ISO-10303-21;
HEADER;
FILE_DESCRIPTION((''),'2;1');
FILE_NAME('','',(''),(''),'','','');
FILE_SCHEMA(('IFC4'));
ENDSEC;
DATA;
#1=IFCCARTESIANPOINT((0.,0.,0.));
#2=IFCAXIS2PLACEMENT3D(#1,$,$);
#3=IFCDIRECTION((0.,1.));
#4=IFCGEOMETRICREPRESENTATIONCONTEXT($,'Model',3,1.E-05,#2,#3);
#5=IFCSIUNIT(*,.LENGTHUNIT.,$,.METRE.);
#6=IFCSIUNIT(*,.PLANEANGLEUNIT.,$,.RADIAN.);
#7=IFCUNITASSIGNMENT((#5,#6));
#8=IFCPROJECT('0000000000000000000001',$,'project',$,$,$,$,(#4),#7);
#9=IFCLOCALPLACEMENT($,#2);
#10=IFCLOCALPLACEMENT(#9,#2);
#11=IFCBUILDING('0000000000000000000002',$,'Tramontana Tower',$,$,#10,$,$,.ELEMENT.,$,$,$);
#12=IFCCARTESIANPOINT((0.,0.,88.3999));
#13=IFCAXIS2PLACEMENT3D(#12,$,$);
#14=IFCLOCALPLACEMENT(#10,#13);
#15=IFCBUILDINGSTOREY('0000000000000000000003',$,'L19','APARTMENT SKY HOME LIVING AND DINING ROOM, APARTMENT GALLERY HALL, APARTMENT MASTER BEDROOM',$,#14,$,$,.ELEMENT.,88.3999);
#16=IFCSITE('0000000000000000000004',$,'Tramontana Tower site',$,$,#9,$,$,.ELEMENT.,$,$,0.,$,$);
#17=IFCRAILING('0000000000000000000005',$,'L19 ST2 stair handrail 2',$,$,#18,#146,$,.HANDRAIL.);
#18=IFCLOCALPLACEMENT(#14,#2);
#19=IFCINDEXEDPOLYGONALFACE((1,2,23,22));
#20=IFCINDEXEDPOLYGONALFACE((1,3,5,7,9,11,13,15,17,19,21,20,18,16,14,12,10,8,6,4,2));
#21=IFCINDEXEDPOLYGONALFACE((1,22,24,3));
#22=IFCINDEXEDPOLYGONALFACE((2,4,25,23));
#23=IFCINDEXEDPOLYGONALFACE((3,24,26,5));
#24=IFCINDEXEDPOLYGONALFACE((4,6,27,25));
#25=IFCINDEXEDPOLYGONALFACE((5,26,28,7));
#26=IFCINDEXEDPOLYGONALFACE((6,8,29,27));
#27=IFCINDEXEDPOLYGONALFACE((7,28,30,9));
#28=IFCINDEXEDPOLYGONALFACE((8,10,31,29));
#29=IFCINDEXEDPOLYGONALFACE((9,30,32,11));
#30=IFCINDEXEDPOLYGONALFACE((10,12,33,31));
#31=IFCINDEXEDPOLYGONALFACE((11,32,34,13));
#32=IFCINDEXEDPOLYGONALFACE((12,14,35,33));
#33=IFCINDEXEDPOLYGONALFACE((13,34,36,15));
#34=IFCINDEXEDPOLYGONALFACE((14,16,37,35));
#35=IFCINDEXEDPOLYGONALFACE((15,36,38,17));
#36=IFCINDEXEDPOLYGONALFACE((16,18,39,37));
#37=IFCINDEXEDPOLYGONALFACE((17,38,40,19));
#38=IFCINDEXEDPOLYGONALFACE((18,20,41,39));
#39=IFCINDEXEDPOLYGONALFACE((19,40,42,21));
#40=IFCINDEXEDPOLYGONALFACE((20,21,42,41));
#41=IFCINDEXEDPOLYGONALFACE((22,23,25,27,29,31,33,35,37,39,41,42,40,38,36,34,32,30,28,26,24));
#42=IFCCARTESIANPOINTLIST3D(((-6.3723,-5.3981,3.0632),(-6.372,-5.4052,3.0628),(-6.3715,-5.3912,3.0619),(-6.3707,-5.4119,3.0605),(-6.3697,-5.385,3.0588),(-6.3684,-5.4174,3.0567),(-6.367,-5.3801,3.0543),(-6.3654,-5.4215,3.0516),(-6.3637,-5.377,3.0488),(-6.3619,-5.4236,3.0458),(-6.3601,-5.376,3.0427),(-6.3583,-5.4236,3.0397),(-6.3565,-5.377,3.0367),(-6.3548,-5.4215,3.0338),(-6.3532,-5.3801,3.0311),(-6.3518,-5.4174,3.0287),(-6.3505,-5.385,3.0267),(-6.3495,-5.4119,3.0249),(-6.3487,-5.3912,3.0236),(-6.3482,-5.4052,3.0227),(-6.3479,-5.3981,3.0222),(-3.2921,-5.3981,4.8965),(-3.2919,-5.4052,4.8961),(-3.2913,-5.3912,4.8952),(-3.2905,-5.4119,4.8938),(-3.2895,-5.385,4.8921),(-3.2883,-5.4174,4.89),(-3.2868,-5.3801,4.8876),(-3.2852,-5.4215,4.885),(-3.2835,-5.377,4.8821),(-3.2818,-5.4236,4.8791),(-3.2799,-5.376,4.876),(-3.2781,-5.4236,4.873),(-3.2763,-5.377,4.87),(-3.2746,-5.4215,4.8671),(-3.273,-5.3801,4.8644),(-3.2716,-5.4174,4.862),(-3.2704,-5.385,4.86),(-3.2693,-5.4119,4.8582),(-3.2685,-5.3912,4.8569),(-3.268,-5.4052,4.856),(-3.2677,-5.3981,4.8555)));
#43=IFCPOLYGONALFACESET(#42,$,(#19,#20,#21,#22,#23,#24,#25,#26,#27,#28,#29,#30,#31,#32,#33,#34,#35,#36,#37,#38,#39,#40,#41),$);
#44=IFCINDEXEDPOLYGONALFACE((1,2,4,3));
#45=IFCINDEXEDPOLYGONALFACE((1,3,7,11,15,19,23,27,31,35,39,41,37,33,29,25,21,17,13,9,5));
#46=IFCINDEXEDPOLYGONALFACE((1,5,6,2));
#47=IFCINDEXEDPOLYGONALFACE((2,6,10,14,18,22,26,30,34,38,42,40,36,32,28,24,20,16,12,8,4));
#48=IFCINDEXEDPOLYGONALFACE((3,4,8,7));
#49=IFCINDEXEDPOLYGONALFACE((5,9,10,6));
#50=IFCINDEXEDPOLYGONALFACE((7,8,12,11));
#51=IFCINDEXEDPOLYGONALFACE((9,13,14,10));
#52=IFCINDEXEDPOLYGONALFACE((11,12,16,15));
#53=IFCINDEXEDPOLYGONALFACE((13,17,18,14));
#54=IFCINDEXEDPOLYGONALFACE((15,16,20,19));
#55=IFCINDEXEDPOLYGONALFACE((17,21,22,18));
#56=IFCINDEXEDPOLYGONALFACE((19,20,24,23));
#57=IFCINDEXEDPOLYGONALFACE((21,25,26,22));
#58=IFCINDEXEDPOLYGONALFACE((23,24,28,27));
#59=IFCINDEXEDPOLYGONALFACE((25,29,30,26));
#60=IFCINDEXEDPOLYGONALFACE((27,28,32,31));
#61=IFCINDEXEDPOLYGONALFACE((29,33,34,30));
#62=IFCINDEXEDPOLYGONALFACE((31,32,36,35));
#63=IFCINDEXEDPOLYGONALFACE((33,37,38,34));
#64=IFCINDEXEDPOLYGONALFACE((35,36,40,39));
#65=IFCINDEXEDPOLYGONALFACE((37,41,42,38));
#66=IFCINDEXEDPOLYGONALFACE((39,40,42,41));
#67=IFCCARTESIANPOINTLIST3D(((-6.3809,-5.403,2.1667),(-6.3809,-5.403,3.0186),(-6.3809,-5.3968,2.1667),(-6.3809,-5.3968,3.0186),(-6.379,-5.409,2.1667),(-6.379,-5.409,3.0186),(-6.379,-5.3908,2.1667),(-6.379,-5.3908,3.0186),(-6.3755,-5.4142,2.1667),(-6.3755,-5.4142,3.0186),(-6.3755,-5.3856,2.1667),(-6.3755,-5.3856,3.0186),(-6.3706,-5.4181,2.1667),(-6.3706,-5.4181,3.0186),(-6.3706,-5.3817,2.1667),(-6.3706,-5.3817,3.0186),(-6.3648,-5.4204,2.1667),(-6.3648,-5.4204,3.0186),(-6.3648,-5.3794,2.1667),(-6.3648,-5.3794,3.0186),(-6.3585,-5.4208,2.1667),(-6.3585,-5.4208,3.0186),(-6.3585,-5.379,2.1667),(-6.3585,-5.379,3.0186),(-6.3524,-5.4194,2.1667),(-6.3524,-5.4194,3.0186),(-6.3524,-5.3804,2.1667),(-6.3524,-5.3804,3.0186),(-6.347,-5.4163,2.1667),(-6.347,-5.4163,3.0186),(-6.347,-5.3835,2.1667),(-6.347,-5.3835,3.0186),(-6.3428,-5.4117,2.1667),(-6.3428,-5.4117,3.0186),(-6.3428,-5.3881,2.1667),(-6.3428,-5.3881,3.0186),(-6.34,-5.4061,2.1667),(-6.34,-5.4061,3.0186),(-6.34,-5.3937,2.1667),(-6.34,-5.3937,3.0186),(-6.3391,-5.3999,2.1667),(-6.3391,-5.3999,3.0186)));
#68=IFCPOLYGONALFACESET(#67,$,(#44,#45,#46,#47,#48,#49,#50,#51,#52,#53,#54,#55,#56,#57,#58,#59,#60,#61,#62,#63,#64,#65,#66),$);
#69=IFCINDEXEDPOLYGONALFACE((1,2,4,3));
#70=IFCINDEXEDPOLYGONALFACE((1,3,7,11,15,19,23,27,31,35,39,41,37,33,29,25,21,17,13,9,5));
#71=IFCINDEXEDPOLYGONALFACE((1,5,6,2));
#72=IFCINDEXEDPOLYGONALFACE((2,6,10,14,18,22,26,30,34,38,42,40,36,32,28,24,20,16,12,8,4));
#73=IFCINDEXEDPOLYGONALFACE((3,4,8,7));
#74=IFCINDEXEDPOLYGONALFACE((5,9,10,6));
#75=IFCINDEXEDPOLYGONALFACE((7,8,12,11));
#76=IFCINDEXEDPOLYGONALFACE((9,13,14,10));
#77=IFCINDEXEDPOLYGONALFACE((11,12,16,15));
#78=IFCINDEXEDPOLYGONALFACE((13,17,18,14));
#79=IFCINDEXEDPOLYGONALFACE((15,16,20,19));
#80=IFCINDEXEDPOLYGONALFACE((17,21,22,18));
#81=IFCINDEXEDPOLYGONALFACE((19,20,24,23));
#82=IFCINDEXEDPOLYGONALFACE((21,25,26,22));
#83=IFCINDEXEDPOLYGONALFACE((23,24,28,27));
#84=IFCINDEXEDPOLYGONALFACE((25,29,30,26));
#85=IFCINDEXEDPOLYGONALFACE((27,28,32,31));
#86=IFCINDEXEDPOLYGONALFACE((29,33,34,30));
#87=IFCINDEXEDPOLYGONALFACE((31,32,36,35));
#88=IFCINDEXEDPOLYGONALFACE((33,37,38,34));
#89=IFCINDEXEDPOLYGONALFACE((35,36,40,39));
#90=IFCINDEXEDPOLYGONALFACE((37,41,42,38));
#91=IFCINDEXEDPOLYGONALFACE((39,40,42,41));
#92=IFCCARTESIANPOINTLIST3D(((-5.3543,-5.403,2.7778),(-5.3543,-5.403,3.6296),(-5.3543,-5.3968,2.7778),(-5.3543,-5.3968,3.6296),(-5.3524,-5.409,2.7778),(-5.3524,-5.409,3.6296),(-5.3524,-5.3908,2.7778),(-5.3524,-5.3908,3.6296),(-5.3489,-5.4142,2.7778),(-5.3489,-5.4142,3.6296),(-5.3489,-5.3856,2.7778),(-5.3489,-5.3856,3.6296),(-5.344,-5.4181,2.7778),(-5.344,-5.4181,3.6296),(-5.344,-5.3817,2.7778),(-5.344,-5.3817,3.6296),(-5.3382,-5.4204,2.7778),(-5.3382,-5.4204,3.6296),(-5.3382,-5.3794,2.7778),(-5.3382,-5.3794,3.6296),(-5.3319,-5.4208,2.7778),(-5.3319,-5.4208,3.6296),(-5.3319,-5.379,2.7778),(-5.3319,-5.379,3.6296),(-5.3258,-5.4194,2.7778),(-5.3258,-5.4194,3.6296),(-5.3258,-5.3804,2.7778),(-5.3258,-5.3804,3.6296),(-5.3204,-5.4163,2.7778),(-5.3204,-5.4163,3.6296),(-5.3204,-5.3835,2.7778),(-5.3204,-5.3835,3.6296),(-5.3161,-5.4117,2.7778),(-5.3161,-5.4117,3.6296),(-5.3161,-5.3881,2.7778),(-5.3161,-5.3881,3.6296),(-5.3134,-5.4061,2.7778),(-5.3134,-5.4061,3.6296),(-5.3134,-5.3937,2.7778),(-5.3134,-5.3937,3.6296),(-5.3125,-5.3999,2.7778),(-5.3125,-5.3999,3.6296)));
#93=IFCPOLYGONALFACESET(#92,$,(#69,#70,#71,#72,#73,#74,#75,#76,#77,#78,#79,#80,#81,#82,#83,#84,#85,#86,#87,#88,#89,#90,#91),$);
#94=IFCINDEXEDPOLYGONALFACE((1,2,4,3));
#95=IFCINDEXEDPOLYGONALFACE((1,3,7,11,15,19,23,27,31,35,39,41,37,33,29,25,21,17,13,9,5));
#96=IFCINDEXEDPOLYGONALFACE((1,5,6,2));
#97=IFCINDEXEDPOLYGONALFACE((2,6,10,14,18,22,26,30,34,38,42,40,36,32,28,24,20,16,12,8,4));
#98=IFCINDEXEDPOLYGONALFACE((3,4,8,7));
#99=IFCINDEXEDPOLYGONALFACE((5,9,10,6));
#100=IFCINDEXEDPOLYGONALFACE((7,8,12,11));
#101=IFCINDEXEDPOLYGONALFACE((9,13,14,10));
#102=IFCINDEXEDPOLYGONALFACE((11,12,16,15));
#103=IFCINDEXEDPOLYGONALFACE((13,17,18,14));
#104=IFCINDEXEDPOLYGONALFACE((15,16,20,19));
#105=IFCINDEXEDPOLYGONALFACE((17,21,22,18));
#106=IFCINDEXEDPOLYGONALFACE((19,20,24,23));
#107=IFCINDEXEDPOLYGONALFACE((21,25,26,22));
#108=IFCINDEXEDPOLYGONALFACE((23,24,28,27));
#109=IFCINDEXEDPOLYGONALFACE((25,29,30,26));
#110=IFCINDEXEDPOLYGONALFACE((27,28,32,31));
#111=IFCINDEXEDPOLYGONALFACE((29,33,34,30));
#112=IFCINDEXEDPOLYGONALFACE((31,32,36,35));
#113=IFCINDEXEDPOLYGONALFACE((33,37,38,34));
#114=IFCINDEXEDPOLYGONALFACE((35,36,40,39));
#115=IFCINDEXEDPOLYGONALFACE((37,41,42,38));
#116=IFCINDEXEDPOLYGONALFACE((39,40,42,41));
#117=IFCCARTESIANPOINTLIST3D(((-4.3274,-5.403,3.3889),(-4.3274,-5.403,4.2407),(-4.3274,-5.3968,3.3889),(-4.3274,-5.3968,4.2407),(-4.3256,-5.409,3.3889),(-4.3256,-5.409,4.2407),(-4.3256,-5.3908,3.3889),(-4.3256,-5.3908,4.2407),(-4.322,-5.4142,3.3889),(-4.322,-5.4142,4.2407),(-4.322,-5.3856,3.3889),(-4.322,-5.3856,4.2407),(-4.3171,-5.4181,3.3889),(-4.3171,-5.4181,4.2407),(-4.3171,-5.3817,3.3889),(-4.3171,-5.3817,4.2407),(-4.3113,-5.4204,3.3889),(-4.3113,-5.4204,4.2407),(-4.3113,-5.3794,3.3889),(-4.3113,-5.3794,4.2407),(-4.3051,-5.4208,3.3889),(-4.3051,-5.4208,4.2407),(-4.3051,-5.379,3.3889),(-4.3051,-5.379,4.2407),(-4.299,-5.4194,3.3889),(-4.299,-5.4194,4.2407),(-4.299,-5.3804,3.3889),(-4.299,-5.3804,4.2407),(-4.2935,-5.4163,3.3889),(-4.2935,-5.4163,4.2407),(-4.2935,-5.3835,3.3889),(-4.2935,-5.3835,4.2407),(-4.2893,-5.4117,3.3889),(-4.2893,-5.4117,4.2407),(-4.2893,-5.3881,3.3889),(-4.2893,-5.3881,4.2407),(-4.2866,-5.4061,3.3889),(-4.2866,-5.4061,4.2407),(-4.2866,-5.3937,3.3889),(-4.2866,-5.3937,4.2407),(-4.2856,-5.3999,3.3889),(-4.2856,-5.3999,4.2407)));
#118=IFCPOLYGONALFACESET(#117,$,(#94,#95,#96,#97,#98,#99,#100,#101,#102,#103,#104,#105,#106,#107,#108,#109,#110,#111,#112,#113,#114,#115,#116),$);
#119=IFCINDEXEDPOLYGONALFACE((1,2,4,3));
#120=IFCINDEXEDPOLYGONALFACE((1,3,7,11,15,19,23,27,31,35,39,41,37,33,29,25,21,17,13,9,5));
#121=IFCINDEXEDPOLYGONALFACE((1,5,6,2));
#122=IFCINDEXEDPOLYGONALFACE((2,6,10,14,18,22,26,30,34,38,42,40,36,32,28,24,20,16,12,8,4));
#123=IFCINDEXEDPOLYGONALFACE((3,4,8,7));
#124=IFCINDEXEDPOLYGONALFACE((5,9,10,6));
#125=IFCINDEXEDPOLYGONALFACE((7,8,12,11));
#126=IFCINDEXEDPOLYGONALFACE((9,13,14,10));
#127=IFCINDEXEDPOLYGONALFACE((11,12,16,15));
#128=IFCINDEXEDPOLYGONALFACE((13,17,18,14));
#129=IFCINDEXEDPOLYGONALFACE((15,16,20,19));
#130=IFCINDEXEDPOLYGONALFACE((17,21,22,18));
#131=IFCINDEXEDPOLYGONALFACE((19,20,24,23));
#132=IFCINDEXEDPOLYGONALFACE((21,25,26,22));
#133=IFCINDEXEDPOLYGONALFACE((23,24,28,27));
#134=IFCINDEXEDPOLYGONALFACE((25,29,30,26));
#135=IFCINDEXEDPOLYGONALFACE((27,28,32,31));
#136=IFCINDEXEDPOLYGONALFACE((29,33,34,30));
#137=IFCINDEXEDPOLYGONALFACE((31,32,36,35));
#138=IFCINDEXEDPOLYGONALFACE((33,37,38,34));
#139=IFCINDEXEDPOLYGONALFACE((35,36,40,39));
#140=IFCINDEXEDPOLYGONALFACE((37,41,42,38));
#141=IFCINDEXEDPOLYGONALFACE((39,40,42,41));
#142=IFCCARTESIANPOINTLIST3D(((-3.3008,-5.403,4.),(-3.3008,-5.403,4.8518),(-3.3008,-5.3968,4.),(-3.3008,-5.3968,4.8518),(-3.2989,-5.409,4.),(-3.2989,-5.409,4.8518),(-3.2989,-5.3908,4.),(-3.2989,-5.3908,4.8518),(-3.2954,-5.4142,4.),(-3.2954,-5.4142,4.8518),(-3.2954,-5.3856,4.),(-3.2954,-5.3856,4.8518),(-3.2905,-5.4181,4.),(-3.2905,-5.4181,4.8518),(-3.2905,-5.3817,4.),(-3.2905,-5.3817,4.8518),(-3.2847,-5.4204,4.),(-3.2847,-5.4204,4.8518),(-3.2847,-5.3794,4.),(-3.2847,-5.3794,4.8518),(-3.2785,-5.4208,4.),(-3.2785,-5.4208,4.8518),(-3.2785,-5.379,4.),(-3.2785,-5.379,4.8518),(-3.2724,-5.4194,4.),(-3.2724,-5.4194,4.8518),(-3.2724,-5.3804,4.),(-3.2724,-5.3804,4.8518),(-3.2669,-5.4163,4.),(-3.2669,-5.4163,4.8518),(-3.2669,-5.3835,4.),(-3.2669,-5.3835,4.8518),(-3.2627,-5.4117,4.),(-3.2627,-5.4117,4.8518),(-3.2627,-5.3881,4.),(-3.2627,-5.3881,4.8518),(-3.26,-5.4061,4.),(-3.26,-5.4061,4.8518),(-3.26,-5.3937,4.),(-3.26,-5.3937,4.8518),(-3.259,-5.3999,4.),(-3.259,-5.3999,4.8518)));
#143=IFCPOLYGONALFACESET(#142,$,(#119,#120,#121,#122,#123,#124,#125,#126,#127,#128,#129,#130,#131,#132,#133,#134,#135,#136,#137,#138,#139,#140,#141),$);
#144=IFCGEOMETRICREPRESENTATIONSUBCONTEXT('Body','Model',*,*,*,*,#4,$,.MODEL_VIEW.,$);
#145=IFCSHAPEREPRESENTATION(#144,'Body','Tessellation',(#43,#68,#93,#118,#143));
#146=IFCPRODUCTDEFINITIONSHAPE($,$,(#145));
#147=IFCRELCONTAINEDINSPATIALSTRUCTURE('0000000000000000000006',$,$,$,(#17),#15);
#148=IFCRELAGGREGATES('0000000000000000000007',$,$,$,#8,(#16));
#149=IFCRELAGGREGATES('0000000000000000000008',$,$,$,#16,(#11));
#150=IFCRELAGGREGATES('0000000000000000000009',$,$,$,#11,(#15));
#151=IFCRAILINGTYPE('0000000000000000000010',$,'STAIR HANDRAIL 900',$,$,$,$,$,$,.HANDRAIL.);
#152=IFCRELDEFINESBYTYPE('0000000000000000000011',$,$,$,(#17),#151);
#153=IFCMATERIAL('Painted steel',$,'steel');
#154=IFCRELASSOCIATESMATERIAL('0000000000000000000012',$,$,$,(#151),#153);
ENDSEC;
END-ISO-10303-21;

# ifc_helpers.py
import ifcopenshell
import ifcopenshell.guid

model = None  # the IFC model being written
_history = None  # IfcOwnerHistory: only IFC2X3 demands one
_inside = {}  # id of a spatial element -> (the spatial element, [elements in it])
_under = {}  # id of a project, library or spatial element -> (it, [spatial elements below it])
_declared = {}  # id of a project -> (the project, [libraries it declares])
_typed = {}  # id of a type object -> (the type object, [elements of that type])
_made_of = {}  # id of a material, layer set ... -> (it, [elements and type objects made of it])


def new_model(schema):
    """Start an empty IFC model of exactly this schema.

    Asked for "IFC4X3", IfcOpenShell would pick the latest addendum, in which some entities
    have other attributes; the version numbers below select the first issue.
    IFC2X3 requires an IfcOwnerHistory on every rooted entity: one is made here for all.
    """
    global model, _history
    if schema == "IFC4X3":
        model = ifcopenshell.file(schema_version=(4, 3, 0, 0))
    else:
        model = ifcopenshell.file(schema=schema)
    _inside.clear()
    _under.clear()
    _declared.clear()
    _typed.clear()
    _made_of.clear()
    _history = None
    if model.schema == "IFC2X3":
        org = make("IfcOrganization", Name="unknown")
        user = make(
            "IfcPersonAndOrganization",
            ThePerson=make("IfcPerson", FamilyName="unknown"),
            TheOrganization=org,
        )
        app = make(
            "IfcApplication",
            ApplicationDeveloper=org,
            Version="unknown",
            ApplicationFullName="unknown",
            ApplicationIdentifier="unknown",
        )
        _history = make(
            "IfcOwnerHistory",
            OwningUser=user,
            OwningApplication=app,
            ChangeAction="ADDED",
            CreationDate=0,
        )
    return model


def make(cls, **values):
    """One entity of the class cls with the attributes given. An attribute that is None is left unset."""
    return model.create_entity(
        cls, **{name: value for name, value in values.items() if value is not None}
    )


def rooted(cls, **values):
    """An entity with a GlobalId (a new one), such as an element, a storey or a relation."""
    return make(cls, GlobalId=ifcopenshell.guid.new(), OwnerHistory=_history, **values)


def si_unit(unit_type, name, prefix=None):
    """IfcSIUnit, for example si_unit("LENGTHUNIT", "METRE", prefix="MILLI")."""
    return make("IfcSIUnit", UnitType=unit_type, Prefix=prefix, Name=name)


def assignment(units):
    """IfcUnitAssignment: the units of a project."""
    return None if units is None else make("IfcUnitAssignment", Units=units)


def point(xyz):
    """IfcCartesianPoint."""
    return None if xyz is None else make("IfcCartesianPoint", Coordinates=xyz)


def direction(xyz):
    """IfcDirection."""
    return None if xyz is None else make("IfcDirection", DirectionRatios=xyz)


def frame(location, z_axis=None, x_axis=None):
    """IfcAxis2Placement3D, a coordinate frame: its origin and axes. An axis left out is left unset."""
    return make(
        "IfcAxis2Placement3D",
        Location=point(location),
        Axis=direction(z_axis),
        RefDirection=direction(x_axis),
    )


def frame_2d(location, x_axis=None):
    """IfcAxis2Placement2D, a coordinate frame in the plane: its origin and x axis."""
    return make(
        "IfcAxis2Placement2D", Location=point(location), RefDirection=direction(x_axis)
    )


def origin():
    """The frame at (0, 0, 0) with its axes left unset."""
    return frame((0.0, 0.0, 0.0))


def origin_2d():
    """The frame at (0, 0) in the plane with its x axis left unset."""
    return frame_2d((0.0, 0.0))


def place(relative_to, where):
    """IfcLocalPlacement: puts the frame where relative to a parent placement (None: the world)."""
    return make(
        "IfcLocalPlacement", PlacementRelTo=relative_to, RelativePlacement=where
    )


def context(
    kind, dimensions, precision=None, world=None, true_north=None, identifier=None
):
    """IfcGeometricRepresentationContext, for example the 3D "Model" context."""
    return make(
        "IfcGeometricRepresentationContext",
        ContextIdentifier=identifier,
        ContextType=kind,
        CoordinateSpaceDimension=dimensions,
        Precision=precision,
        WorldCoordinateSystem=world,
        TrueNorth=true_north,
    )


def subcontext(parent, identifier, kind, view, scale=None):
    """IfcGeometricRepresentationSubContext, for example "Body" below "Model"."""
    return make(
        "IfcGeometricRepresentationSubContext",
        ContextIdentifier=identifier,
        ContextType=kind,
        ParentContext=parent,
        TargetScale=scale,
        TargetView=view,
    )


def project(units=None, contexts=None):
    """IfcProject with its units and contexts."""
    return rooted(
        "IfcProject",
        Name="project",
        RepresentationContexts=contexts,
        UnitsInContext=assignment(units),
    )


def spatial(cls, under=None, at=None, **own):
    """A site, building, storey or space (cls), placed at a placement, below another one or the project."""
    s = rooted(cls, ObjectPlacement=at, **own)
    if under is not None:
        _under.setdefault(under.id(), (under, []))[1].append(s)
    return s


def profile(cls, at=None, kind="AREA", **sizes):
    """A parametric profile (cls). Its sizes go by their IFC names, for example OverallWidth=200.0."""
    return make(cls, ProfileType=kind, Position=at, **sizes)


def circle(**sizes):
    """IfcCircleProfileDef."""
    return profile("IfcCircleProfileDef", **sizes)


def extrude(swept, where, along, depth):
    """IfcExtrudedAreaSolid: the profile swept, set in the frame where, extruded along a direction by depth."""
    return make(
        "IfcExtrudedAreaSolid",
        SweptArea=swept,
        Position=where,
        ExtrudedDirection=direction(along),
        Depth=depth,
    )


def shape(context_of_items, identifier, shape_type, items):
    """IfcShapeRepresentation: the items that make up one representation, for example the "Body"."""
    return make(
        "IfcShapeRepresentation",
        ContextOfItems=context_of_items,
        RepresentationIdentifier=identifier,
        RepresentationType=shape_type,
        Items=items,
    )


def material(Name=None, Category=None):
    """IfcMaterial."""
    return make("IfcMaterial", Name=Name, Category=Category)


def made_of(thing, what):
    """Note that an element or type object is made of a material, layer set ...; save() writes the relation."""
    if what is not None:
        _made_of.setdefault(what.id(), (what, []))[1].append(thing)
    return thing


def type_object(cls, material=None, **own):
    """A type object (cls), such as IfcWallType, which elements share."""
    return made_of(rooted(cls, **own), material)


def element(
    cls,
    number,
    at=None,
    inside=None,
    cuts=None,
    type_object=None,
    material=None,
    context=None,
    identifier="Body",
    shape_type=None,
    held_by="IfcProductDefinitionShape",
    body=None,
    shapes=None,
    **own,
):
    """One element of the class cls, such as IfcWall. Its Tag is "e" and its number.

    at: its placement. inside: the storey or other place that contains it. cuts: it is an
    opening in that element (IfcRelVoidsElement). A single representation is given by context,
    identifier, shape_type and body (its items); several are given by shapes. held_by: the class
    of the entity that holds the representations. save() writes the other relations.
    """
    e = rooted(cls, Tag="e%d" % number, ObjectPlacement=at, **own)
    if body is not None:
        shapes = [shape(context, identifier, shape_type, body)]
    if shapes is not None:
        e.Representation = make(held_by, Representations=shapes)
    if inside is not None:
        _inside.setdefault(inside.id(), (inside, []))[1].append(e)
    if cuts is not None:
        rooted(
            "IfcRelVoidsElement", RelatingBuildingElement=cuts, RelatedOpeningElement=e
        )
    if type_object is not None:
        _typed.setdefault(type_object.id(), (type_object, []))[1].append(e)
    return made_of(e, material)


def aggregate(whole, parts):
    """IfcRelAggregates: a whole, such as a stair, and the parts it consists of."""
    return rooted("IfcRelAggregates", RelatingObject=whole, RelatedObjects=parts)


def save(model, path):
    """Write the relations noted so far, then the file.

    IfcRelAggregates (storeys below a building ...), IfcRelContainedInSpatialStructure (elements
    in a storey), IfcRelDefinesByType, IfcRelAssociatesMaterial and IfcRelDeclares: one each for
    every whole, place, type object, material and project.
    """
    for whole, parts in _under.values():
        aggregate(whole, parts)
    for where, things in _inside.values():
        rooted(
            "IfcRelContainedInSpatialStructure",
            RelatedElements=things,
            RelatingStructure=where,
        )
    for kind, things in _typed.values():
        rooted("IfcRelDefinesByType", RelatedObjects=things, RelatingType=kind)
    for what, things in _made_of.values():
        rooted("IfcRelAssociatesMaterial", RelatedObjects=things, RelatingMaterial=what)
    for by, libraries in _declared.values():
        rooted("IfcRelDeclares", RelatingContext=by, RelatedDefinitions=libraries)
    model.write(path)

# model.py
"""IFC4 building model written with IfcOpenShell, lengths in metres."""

from ifc_helpers import new_model, si_unit, direction, frame, origin, origin_2d, place, context, subcontext, project, spatial, circle, extrude, material, type_object, element, save


model = new_model("IFC4")

# Units and contexts
model_context = context("Model", 3, precision=1e-05, world=origin(), true_north=direction((0.0, 1.0)))
body_context = subcontext(model_context, "Body", "Model", "MODEL_VIEW")
ifc_project = project(units=[si_unit("LENGTHUNIT", "METRE"), si_unit("PLANEANGLEUNIT", "RADIAN")], contexts=[model_context])

# Site, building, storey
site_placement = place(None, origin())
site = spatial("IfcSite", under=ifc_project, at=site_placement, Name="Tramontana Tower site", CompositionType="ELEMENT", RefElevation=0.0)
building_placement = place(site_placement, origin())
building = spatial("IfcBuilding", under=site, at=building_placement, Name="Tramontana Tower", CompositionType="ELEMENT")
storey_placement = place(building_placement, frame((0.0, 0.0, 88.3999)))
storey = spatial("IfcBuildingStorey", under=building, at=storey_placement, Name="L19", Description="APARTMENT SKY HOME LIVING AND DINING ROOM, APARTMENT GALLERY HALL, APARTMENT MASTER BEDROOM", CompositionType="ELEMENT", Elevation=88.3999)

# Railing
ifc_material_1 = material(Name="Painted steel", Category="steel")
railing_type_1 = type_object("IfcRailingType", Name="STAIR HANDRAIL 900", PredefinedType="HANDRAIL", material=ifc_material_1)
railing_1_placement = place(storey_placement, frame((-6.3601, -5.3999, 2.1667)))
element("IfcRailing", 1, at=railing_1_placement, inside=storey, type_object=railing_type_1, Name="L19 ST2 stair handrail 2", PredefinedType="HANDRAIL", context=body_context, shape_type="SweptSolid", body=[
    extrude(circle(Radius=0.0239, at=origin_2d()), frame((0.0, 0.0, 0.876), z_axis=(0.859309, 0.0, 0.511458), x_axis=(0.0, 1.0, 0.0)), (0.0, 0.0, 1.0), 3.5845),
    extrude(circle(Radius=0.021, at=origin_2d()), origin(), (0.0, 0.0, 1.0), 0.8518),
    extrude(circle(Radius=0.021, at=origin_2d()), frame((1.0266, 0.0, 0.6111)), (0.0, 0.0, 1.0), 0.8518),
    extrude(circle(Radius=0.021, at=origin_2d()), frame((2.0535, 0.0, 1.2222)), (0.0, 0.0, 1.0), 0.8518),
    extrude(circle(Radius=0.021, at=origin_2d()), frame((3.0801, 0.0, 1.8333)), (0.0, 0.0, 1.0), 0.8518),
])

save(model, "model.ifc")
